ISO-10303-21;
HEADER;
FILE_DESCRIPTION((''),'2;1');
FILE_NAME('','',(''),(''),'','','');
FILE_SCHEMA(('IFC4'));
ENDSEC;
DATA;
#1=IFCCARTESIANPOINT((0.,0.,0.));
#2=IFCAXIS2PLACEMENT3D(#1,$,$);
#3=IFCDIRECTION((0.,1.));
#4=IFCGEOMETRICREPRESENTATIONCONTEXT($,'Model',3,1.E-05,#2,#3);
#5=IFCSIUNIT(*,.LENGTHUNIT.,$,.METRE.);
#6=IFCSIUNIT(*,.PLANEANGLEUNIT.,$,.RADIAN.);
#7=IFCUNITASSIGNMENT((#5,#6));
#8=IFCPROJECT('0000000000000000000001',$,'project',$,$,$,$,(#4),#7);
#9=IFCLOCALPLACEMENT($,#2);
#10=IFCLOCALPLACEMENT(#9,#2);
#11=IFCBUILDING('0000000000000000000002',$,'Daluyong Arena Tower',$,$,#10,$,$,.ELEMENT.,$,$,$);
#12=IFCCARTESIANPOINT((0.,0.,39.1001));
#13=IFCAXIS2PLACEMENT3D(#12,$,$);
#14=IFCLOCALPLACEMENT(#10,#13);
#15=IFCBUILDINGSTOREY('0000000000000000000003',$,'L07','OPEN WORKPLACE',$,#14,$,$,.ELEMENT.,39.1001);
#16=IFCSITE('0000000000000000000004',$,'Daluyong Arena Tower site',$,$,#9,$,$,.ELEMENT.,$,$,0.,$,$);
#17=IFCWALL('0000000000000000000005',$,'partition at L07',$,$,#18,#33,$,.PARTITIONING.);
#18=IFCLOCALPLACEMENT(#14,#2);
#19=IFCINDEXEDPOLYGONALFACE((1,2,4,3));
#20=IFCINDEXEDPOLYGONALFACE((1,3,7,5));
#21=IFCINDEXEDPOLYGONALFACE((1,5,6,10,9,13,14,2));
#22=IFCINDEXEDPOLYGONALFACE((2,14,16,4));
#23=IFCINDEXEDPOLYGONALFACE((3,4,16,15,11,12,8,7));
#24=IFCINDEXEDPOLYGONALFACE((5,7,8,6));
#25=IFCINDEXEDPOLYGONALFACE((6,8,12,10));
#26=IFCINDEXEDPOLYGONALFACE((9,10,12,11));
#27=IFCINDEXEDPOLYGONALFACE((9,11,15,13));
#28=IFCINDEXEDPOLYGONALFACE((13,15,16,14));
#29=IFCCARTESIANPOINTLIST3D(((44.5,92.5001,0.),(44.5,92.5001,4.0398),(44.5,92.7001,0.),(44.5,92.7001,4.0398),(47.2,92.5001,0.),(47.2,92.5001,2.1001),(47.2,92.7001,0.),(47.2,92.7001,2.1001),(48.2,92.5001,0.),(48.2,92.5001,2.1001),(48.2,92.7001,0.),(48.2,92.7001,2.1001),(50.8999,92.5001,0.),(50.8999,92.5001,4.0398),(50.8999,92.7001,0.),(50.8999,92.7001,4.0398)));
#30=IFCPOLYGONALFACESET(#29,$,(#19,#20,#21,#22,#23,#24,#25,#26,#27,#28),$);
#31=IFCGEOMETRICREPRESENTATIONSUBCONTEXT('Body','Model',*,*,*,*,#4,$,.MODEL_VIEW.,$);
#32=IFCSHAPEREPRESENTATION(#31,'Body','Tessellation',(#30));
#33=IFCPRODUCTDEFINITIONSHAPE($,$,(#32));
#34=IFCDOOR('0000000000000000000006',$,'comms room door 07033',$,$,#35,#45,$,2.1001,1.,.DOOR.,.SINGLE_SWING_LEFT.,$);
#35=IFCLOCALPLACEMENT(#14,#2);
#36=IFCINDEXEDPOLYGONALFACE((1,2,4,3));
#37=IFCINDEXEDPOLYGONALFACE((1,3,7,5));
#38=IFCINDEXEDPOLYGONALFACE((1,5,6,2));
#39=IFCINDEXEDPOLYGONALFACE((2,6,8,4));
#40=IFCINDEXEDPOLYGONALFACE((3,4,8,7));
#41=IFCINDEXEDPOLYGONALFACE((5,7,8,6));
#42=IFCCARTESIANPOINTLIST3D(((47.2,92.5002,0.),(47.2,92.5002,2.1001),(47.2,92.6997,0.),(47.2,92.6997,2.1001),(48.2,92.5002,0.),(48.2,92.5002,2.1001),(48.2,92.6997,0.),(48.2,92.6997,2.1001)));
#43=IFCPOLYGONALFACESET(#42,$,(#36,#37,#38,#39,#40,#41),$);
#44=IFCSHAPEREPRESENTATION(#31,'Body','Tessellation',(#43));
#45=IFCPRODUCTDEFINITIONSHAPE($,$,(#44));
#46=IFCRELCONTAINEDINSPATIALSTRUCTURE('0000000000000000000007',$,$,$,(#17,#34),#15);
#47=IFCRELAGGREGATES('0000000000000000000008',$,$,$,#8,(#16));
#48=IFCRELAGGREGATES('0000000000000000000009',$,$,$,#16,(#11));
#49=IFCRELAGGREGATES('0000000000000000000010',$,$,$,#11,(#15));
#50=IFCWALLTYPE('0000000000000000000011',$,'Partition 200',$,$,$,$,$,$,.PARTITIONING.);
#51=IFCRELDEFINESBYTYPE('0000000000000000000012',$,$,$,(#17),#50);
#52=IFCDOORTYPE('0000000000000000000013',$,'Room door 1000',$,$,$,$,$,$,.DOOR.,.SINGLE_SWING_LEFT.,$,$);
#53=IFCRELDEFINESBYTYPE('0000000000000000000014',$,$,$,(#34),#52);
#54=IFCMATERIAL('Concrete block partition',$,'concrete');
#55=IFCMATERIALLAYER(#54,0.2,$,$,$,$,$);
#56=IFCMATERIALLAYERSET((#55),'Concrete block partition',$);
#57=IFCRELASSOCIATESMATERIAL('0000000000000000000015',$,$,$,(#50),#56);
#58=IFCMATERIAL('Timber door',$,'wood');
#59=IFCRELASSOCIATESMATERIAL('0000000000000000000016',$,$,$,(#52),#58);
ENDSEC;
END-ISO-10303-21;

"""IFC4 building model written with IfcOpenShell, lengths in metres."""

from ifc_helpers import new_model, si_unit, direction, frame, frame_2d, origin, place, context, subcontext, project, spatial, rectangle, extrude, material, layer, layer_set, type_object, element, fill, save


model = new_model("IFC4")

# Units and contexts
model_context = context("Model", 3, precision=1e-05, world=origin(), true_north=direction((0.0, 1.0)))
body_context = subcontext(model_context, "Body", "Model", "MODEL_VIEW")
ifc_project = project(units=[si_unit("LENGTHUNIT", "METRE"), si_unit("PLANEANGLEUNIT", "RADIAN")], contexts=[model_context])

# Site, building, storey
site_placement = place(None, origin())
site = spatial("IfcSite", under=ifc_project, at=site_placement, Name="Daluyong Arena Tower site", CompositionType="ELEMENT", RefElevation=0.0)
building_placement = place(site_placement, origin())
building = spatial("IfcBuilding", under=site, at=building_placement, Name="Daluyong Arena Tower", CompositionType="ELEMENT")
storey_placement = place(building_placement, frame((0.0, 0.0, 39.1001)))
storey = spatial("IfcBuildingStorey", under=building, at=storey_placement, Name="L07", Description="OPEN WORKPLACE", CompositionType="ELEMENT", Elevation=39.1001)

# Wall, opening, door
ifc_material_1 = material(Name="Concrete block partition", Category="concrete")
ifc_layer_1 = layer(ifc_material_1, 0.2)
ifc_layer_set_1 = layer_set([ifc_layer_1], Name="Concrete block partition")
wall_type_1 = type_object("IfcWallType", Name="Partition 200", PredefinedType="PARTITIONING", material=ifc_layer_set_1)
wall_1_placement = place(storey_placement, frame((44.5, 92.6001, 0.0), z_axis=(0.0, 0.0, 1.0), x_axis=(1.0, 0.0, 0.0)))
wall_1 = element("IfcWall", 1, at=wall_1_placement, inside=storey, type_object=wall_type_1, Name="partition at L07", PredefinedType="PARTITIONING", context=body_context, shape_type="SweptSolid", body=[
    extrude(rectangle(XDim=6.3999, YDim=0.2, at=frame_2d((3.2, 0.0))), origin(), (0.0, 0.0, 1.0), 4.0398),
])
opening_1_placement = place(wall_1_placement, frame((2.7, 0.0, 0.0)))
opening_1 = element("IfcOpeningElement", 2, at=opening_1_placement, cuts=wall_1, PredefinedType="OPENING", context=body_context, shape_type="SweptSolid", body=[
    extrude(rectangle(XDim=1.0, YDim=2.1001, at=frame_2d((0.5, 1.05))), frame((0.0, 0.1099, 0.0), z_axis=(0.0, -1.0, 0.0), x_axis=(1.0, 0.0, 0.0)), (0.0, 0.0, 1.0), 0.22),
])
ifc_material_2 = material(Name="Timber door", Category="wood")
door_type_1 = type_object("IfcDoorType", Name="Room door 1000", OperationType="SINGLE_SWING_LEFT", PredefinedType="DOOR", material=ifc_material_2)
door_1_placement = place(opening_1_placement, origin())
door_1 = element("IfcDoor", 3, at=door_1_placement, inside=storey, type_object=door_type_1, Name="comms room door 07033", OperationType="SINGLE_SWING_LEFT", OverallHeight=2.1001, OverallWidth=1.0, PredefinedType="DOOR", context=body_context, shape_type="SweptSolid", body=[
    extrude(rectangle(XDim=1.0, YDim=2.1001, at=frame_2d((0.5, 1.05))), frame((0.0, 0.0996, 0.0), z_axis=(0.0, -1.0, 0.0), x_axis=(1.0, 0.0, 0.0)), (0.0, 0.0, 1.0), 0.1995),
])
fill(opening_1, door_1)

save(model, "model.ifc")
